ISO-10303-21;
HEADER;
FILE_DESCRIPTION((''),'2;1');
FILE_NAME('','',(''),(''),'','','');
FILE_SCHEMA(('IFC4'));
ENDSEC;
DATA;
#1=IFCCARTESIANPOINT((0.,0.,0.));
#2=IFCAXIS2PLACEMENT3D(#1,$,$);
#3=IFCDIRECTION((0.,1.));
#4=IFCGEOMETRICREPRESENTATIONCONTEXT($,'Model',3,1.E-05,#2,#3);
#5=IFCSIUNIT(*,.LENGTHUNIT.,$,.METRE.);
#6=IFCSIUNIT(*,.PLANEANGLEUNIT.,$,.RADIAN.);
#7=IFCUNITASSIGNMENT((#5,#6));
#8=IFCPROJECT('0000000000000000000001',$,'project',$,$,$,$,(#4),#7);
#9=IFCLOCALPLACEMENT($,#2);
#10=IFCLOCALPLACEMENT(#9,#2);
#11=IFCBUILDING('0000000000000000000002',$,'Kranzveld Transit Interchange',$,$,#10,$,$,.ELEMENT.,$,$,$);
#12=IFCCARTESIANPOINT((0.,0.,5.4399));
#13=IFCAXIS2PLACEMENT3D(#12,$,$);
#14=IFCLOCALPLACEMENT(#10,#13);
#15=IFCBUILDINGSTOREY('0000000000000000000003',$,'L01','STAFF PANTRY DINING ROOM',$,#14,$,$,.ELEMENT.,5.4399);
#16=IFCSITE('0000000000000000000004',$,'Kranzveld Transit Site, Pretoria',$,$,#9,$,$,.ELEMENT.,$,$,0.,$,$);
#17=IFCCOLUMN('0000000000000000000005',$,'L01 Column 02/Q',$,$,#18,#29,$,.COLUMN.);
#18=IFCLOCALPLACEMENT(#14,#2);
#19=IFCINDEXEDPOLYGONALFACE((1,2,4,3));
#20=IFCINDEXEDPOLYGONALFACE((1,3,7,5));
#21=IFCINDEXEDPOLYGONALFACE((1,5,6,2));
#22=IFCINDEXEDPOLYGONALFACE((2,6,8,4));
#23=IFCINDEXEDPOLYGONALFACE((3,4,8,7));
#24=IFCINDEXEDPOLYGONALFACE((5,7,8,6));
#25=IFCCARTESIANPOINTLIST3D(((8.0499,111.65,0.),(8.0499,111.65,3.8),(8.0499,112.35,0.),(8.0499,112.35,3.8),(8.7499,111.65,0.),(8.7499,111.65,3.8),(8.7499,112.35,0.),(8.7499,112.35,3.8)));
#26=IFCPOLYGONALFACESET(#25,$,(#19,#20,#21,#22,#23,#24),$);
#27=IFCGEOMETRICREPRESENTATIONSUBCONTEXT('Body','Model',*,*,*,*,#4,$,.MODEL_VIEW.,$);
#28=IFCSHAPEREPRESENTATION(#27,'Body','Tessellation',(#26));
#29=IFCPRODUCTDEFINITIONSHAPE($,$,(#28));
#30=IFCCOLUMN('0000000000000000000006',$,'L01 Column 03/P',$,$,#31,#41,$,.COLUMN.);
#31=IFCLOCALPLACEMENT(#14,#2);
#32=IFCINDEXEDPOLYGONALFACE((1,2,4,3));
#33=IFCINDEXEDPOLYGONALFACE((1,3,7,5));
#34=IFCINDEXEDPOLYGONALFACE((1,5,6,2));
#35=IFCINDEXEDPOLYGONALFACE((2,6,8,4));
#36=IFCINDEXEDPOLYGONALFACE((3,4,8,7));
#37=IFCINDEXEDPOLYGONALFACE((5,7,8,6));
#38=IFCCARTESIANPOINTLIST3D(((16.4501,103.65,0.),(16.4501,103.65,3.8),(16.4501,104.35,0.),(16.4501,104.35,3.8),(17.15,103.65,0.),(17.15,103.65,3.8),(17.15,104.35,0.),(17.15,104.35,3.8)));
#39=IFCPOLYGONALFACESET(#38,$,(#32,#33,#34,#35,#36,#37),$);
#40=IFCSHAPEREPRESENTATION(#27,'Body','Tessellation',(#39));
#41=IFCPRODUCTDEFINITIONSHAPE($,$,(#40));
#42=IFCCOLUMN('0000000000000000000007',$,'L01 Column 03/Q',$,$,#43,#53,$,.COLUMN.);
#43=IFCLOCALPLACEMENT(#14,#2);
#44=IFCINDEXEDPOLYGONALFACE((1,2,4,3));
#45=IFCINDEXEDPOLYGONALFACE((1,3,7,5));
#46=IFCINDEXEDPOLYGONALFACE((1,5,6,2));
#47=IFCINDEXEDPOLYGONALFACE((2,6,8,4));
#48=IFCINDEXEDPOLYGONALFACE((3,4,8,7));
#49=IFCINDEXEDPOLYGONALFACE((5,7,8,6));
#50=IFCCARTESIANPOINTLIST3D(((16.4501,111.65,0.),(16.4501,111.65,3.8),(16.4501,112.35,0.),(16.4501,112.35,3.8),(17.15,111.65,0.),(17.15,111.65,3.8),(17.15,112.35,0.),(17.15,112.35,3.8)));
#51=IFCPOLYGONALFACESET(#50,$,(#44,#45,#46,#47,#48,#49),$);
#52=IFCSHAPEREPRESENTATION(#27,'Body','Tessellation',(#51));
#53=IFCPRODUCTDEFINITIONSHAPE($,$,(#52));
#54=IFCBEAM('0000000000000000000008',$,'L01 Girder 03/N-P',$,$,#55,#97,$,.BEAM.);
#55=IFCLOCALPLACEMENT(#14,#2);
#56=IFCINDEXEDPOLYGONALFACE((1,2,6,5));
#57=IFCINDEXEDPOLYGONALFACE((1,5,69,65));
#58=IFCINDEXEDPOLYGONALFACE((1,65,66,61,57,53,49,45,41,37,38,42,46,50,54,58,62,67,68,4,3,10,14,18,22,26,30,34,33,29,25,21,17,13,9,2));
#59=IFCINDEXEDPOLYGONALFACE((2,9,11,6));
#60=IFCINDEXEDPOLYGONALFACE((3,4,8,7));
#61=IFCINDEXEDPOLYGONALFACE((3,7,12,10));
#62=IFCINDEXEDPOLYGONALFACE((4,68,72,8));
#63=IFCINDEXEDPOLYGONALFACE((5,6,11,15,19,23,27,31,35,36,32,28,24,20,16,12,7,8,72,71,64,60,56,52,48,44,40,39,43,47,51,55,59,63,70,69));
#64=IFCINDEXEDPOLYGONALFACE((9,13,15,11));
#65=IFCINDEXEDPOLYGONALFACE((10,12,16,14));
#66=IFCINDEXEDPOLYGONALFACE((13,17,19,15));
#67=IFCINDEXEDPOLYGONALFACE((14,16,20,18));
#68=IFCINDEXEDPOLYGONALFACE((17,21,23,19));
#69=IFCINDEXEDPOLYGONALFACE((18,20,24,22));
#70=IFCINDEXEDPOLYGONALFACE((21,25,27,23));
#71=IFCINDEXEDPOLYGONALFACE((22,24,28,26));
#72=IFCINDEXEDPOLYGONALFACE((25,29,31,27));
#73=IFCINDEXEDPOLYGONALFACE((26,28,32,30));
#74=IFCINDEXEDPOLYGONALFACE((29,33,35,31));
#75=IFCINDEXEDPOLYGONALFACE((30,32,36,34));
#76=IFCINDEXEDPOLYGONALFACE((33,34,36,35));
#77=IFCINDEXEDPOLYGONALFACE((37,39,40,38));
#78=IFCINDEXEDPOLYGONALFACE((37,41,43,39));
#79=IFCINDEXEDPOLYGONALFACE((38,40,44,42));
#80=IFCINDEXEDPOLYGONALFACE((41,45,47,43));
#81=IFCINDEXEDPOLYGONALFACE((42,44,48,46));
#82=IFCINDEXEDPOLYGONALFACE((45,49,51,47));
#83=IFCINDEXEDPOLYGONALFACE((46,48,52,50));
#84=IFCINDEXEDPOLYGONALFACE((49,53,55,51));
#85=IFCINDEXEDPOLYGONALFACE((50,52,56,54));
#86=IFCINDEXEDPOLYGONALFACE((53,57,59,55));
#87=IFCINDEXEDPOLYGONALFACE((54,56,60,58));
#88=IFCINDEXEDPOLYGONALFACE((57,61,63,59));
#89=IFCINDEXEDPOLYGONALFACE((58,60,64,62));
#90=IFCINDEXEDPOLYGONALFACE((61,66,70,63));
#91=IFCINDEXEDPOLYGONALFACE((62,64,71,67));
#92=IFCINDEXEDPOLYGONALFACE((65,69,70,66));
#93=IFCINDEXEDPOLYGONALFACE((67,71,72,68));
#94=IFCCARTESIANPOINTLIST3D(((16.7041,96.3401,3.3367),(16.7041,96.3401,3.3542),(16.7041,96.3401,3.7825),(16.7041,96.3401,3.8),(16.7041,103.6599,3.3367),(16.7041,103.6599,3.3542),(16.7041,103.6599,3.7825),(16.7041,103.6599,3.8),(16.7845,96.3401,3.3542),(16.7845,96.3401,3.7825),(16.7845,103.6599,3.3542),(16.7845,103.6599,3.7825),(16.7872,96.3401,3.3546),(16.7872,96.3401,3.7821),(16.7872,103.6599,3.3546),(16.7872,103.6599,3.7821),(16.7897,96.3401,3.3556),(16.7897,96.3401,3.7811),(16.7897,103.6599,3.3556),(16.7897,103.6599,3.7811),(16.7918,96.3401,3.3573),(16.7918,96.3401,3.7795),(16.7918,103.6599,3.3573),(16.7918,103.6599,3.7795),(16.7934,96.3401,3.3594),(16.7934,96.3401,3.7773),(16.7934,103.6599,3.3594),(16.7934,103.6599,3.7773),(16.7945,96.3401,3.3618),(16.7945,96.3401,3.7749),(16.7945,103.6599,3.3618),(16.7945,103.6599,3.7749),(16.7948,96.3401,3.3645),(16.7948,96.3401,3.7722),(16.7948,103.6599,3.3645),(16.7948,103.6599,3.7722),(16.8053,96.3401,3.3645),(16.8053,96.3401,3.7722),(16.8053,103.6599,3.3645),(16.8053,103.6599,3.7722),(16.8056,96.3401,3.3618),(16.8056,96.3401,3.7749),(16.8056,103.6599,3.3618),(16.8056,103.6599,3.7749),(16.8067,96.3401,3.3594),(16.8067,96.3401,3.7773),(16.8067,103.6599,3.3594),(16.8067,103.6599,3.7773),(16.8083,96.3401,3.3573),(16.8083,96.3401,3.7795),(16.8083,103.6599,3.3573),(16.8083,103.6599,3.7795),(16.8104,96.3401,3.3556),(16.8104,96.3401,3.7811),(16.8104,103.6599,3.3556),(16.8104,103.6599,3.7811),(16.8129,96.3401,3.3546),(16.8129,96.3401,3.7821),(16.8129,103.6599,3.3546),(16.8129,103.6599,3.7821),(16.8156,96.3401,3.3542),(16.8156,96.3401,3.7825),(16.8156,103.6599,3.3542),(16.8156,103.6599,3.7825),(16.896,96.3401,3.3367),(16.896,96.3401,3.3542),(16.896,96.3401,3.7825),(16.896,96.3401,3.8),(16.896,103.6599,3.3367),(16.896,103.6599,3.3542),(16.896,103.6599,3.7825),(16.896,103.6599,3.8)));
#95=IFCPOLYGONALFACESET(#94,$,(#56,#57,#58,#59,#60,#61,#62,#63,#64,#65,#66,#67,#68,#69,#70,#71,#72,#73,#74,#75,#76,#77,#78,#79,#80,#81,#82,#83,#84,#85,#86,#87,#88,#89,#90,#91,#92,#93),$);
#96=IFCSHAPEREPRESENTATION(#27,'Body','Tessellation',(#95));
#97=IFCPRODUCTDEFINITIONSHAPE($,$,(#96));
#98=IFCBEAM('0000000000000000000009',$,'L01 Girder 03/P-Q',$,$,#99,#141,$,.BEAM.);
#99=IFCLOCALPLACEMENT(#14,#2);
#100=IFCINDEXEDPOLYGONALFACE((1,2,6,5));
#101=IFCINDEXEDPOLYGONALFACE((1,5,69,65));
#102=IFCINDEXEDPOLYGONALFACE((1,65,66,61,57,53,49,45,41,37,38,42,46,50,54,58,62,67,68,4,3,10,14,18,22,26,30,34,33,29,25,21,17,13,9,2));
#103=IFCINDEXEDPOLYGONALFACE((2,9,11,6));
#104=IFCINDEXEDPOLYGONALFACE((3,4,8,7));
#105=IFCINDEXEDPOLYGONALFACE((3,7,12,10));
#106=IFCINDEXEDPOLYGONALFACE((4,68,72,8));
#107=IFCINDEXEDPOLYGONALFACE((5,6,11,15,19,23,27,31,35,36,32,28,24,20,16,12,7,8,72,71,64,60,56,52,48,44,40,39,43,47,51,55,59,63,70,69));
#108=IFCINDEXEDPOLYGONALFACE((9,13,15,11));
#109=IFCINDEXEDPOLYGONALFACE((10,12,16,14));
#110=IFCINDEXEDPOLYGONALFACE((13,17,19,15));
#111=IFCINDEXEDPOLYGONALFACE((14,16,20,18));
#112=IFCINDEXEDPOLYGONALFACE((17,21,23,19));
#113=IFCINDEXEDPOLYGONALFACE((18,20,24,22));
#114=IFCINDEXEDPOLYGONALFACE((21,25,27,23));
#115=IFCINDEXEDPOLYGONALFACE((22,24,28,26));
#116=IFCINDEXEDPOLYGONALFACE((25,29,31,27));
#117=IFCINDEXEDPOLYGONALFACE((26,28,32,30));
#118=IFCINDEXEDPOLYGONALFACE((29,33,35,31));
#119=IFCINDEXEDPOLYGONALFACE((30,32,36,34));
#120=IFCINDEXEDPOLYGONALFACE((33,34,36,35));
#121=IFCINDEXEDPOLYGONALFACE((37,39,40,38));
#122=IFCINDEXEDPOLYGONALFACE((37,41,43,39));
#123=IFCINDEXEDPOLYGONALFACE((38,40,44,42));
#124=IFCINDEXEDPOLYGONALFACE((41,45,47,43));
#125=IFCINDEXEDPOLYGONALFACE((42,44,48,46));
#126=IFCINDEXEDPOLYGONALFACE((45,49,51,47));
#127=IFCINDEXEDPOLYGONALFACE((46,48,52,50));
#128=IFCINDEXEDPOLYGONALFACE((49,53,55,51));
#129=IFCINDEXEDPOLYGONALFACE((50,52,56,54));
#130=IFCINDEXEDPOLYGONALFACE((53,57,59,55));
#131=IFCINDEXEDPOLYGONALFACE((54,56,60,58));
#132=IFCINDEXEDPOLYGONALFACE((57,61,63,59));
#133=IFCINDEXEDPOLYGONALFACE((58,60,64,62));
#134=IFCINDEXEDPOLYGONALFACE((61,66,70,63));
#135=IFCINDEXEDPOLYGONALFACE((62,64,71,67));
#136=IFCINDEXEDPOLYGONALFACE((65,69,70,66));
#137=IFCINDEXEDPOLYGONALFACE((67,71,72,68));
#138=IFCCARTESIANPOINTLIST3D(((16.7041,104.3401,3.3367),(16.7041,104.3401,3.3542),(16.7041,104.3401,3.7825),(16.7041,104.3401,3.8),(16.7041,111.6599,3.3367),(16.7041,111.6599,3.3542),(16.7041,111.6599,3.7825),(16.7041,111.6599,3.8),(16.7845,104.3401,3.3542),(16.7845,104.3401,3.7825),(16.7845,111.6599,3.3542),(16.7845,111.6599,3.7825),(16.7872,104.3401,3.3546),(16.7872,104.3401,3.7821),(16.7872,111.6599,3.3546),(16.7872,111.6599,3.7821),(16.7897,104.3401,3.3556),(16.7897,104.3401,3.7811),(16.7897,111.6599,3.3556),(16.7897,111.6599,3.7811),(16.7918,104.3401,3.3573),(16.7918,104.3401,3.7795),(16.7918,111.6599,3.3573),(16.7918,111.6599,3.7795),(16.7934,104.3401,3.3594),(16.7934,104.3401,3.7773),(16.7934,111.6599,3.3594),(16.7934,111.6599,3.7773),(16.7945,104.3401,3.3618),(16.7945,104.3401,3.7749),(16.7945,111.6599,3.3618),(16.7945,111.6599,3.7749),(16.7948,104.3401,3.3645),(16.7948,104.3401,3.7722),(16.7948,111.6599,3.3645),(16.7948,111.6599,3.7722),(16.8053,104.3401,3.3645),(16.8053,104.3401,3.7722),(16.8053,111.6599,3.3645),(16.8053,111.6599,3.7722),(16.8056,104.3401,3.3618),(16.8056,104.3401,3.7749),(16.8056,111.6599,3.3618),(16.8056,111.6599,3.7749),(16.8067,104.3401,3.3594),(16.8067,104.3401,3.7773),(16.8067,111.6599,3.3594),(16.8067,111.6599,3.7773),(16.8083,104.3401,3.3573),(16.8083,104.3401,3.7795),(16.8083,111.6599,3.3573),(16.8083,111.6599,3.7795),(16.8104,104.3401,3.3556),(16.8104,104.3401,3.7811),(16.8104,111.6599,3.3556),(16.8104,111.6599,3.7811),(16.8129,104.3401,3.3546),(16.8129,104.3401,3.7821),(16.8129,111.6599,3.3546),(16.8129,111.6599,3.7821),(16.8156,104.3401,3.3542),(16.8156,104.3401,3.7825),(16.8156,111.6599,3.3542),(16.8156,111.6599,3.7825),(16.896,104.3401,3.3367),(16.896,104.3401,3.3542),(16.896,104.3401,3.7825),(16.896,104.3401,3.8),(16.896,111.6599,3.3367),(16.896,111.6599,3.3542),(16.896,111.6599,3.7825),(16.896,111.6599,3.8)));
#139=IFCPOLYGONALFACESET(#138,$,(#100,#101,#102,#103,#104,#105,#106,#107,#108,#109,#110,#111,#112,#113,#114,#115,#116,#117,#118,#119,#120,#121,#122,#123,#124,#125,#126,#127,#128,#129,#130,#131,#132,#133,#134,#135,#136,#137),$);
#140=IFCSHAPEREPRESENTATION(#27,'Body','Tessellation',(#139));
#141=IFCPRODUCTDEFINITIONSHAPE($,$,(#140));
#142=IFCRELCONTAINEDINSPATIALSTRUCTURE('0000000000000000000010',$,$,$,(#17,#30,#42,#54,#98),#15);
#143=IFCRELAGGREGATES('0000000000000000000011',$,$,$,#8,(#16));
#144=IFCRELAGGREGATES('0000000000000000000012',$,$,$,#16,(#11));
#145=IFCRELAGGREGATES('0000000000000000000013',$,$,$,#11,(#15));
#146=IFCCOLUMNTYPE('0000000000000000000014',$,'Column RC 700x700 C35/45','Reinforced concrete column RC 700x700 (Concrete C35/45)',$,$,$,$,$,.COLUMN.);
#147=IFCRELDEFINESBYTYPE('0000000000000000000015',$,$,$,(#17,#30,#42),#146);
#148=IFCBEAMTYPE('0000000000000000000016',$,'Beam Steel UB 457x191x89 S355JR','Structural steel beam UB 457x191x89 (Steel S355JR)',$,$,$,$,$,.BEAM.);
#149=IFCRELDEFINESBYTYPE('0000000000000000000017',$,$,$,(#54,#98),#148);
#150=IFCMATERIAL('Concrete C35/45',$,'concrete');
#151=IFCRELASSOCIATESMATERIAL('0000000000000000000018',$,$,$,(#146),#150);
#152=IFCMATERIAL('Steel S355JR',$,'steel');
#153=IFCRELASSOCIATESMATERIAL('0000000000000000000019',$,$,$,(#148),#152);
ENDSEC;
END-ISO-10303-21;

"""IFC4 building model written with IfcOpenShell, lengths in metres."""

from ifc_helpers import new_model, si_unit, direction, frame, origin, origin_2d, place, context, subcontext, project, spatial, rectangle, i_section, extrude, material, material_profile, profile_set, type_object, element, save


model = new_model("IFC4")

# Units and contexts
model_context = context("Model", 3, precision=1e-05, world=origin(), true_north=direction((0.0, 1.0)))
body_context = subcontext(model_context, "Body", "Model", "MODEL_VIEW")
ifc_project = project(units=[si_unit("LENGTHUNIT", "METRE"), si_unit("PLANEANGLEUNIT", "RADIAN")], contexts=[model_context])

# Site, building, storey
site_placement = place(None, origin())
site = spatial("IfcSite", under=ifc_project, at=site_placement, Name="Kranzveld Transit Site, Pretoria", CompositionType="ELEMENT", RefElevation=0.0)
building_placement = place(site_placement, origin())
building = spatial("IfcBuilding", under=site, at=building_placement, Name="Kranzveld Transit Interchange", CompositionType="ELEMENT")
storey_placement = place(building_placement, frame((0.0, 0.0, 5.4399)))
storey = spatial("IfcBuildingStorey", under=building, at=storey_placement, Name="L01", Description="STAFF PANTRY DINING ROOM", CompositionType="ELEMENT", Elevation=5.4399)

# Columns
ifc_material_1 = material(Name="Concrete C35/45", Category="concrete")
ifc_material_profile_1 = material_profile(ifc_material_1, rectangle(XDim=0.7, YDim=0.7, at=origin_2d()), Name="RC 700x700")
ifc_profile_set_1 = profile_set([ifc_material_profile_1], Name="Concrete C35/45")
column_type = type_object("IfcColumnType", Name="Column RC 700x700 C35/45", Description="Reinforced concrete column RC 700x700 (Concrete C35/45)", PredefinedType="COLUMN", material=ifc_profile_set_1)
for number, where, z_axis, x_axis, name in (
    (1, (8.3999, 112.0, 0.0), (0.0, 0.0, 1.0), (1.0, 0.0, 0.0), "L01 Column 02/Q"),
    (2, (16.8, 104.0, 0.0), (0.0, 0.0, 1.0), (1.0, 0.0, 0.0), "L01 Column 03/P"),
    (3, (16.8, 112.0, 0.0), (0.0, 0.0, 1.0), (1.0, 0.0, 0.0), "L01 Column 03/Q"),
):
    element("IfcColumn", number, at=place(storey_placement, frame(where, z_axis=z_axis, x_axis=x_axis)), inside=storey, type_object=column_type, Name=name, PredefinedType="COLUMN", context=body_context, shape_type="SweptSolid", body=[
        extrude(rectangle(XDim=0.7, YDim=0.7, at=origin_2d()), origin(), (0.0, 0.0, 1.0), 3.8),
    ])

# Beams
ifc_material_2 = material(Name="Steel S355JR", Category="steel")
ifc_material_profile_2 = material_profile(ifc_material_2, i_section(OverallWidth=0.1919, OverallDepth=0.4634, WebThickness=0.0105, FlangeThickness=0.0176, FilletRadius=0.0103, at=origin_2d()), Name="UB 457x191x89")
ifc_profile_set_2 = profile_set([ifc_material_profile_2], Name="Steel S355JR")
beam_type_1 = type_object("IfcBeamType", Name="Beam Steel UB 457x191x89 S355JR", Description="Structural steel beam UB 457x191x89 (Steel S355JR)", PredefinedType="BEAM", material=ifc_profile_set_2)
for number, where, z_axis, x_axis, name in (
    (4, (16.8, 96.3401, 3.5684), (0.0, 1.0, 0.0), (-1.0, 0.0, 0.0), "L01 Girder 03/N-P"),
    (5, (16.8, 104.3401, 3.5684), (0.0, 1.0, 0.0), (-1.0, 0.0, 0.0), "L01 Girder 03/P-Q"),
):
    element("IfcBeam", number, at=place(storey_placement, frame(where, z_axis=z_axis, x_axis=x_axis)), inside=storey, type_object=beam_type_1, Name=name, PredefinedType="BEAM", context=body_context, shape_type="SweptSolid", body=[
        extrude(i_section(OverallWidth=0.1919, OverallDepth=0.4634, WebThickness=0.0105, FlangeThickness=0.0176, FilletRadius=0.0103, at=origin_2d()), origin(), (0.0, 0.0, 1.0), 7.3198),
    ])

save(model, "model.ifc")
